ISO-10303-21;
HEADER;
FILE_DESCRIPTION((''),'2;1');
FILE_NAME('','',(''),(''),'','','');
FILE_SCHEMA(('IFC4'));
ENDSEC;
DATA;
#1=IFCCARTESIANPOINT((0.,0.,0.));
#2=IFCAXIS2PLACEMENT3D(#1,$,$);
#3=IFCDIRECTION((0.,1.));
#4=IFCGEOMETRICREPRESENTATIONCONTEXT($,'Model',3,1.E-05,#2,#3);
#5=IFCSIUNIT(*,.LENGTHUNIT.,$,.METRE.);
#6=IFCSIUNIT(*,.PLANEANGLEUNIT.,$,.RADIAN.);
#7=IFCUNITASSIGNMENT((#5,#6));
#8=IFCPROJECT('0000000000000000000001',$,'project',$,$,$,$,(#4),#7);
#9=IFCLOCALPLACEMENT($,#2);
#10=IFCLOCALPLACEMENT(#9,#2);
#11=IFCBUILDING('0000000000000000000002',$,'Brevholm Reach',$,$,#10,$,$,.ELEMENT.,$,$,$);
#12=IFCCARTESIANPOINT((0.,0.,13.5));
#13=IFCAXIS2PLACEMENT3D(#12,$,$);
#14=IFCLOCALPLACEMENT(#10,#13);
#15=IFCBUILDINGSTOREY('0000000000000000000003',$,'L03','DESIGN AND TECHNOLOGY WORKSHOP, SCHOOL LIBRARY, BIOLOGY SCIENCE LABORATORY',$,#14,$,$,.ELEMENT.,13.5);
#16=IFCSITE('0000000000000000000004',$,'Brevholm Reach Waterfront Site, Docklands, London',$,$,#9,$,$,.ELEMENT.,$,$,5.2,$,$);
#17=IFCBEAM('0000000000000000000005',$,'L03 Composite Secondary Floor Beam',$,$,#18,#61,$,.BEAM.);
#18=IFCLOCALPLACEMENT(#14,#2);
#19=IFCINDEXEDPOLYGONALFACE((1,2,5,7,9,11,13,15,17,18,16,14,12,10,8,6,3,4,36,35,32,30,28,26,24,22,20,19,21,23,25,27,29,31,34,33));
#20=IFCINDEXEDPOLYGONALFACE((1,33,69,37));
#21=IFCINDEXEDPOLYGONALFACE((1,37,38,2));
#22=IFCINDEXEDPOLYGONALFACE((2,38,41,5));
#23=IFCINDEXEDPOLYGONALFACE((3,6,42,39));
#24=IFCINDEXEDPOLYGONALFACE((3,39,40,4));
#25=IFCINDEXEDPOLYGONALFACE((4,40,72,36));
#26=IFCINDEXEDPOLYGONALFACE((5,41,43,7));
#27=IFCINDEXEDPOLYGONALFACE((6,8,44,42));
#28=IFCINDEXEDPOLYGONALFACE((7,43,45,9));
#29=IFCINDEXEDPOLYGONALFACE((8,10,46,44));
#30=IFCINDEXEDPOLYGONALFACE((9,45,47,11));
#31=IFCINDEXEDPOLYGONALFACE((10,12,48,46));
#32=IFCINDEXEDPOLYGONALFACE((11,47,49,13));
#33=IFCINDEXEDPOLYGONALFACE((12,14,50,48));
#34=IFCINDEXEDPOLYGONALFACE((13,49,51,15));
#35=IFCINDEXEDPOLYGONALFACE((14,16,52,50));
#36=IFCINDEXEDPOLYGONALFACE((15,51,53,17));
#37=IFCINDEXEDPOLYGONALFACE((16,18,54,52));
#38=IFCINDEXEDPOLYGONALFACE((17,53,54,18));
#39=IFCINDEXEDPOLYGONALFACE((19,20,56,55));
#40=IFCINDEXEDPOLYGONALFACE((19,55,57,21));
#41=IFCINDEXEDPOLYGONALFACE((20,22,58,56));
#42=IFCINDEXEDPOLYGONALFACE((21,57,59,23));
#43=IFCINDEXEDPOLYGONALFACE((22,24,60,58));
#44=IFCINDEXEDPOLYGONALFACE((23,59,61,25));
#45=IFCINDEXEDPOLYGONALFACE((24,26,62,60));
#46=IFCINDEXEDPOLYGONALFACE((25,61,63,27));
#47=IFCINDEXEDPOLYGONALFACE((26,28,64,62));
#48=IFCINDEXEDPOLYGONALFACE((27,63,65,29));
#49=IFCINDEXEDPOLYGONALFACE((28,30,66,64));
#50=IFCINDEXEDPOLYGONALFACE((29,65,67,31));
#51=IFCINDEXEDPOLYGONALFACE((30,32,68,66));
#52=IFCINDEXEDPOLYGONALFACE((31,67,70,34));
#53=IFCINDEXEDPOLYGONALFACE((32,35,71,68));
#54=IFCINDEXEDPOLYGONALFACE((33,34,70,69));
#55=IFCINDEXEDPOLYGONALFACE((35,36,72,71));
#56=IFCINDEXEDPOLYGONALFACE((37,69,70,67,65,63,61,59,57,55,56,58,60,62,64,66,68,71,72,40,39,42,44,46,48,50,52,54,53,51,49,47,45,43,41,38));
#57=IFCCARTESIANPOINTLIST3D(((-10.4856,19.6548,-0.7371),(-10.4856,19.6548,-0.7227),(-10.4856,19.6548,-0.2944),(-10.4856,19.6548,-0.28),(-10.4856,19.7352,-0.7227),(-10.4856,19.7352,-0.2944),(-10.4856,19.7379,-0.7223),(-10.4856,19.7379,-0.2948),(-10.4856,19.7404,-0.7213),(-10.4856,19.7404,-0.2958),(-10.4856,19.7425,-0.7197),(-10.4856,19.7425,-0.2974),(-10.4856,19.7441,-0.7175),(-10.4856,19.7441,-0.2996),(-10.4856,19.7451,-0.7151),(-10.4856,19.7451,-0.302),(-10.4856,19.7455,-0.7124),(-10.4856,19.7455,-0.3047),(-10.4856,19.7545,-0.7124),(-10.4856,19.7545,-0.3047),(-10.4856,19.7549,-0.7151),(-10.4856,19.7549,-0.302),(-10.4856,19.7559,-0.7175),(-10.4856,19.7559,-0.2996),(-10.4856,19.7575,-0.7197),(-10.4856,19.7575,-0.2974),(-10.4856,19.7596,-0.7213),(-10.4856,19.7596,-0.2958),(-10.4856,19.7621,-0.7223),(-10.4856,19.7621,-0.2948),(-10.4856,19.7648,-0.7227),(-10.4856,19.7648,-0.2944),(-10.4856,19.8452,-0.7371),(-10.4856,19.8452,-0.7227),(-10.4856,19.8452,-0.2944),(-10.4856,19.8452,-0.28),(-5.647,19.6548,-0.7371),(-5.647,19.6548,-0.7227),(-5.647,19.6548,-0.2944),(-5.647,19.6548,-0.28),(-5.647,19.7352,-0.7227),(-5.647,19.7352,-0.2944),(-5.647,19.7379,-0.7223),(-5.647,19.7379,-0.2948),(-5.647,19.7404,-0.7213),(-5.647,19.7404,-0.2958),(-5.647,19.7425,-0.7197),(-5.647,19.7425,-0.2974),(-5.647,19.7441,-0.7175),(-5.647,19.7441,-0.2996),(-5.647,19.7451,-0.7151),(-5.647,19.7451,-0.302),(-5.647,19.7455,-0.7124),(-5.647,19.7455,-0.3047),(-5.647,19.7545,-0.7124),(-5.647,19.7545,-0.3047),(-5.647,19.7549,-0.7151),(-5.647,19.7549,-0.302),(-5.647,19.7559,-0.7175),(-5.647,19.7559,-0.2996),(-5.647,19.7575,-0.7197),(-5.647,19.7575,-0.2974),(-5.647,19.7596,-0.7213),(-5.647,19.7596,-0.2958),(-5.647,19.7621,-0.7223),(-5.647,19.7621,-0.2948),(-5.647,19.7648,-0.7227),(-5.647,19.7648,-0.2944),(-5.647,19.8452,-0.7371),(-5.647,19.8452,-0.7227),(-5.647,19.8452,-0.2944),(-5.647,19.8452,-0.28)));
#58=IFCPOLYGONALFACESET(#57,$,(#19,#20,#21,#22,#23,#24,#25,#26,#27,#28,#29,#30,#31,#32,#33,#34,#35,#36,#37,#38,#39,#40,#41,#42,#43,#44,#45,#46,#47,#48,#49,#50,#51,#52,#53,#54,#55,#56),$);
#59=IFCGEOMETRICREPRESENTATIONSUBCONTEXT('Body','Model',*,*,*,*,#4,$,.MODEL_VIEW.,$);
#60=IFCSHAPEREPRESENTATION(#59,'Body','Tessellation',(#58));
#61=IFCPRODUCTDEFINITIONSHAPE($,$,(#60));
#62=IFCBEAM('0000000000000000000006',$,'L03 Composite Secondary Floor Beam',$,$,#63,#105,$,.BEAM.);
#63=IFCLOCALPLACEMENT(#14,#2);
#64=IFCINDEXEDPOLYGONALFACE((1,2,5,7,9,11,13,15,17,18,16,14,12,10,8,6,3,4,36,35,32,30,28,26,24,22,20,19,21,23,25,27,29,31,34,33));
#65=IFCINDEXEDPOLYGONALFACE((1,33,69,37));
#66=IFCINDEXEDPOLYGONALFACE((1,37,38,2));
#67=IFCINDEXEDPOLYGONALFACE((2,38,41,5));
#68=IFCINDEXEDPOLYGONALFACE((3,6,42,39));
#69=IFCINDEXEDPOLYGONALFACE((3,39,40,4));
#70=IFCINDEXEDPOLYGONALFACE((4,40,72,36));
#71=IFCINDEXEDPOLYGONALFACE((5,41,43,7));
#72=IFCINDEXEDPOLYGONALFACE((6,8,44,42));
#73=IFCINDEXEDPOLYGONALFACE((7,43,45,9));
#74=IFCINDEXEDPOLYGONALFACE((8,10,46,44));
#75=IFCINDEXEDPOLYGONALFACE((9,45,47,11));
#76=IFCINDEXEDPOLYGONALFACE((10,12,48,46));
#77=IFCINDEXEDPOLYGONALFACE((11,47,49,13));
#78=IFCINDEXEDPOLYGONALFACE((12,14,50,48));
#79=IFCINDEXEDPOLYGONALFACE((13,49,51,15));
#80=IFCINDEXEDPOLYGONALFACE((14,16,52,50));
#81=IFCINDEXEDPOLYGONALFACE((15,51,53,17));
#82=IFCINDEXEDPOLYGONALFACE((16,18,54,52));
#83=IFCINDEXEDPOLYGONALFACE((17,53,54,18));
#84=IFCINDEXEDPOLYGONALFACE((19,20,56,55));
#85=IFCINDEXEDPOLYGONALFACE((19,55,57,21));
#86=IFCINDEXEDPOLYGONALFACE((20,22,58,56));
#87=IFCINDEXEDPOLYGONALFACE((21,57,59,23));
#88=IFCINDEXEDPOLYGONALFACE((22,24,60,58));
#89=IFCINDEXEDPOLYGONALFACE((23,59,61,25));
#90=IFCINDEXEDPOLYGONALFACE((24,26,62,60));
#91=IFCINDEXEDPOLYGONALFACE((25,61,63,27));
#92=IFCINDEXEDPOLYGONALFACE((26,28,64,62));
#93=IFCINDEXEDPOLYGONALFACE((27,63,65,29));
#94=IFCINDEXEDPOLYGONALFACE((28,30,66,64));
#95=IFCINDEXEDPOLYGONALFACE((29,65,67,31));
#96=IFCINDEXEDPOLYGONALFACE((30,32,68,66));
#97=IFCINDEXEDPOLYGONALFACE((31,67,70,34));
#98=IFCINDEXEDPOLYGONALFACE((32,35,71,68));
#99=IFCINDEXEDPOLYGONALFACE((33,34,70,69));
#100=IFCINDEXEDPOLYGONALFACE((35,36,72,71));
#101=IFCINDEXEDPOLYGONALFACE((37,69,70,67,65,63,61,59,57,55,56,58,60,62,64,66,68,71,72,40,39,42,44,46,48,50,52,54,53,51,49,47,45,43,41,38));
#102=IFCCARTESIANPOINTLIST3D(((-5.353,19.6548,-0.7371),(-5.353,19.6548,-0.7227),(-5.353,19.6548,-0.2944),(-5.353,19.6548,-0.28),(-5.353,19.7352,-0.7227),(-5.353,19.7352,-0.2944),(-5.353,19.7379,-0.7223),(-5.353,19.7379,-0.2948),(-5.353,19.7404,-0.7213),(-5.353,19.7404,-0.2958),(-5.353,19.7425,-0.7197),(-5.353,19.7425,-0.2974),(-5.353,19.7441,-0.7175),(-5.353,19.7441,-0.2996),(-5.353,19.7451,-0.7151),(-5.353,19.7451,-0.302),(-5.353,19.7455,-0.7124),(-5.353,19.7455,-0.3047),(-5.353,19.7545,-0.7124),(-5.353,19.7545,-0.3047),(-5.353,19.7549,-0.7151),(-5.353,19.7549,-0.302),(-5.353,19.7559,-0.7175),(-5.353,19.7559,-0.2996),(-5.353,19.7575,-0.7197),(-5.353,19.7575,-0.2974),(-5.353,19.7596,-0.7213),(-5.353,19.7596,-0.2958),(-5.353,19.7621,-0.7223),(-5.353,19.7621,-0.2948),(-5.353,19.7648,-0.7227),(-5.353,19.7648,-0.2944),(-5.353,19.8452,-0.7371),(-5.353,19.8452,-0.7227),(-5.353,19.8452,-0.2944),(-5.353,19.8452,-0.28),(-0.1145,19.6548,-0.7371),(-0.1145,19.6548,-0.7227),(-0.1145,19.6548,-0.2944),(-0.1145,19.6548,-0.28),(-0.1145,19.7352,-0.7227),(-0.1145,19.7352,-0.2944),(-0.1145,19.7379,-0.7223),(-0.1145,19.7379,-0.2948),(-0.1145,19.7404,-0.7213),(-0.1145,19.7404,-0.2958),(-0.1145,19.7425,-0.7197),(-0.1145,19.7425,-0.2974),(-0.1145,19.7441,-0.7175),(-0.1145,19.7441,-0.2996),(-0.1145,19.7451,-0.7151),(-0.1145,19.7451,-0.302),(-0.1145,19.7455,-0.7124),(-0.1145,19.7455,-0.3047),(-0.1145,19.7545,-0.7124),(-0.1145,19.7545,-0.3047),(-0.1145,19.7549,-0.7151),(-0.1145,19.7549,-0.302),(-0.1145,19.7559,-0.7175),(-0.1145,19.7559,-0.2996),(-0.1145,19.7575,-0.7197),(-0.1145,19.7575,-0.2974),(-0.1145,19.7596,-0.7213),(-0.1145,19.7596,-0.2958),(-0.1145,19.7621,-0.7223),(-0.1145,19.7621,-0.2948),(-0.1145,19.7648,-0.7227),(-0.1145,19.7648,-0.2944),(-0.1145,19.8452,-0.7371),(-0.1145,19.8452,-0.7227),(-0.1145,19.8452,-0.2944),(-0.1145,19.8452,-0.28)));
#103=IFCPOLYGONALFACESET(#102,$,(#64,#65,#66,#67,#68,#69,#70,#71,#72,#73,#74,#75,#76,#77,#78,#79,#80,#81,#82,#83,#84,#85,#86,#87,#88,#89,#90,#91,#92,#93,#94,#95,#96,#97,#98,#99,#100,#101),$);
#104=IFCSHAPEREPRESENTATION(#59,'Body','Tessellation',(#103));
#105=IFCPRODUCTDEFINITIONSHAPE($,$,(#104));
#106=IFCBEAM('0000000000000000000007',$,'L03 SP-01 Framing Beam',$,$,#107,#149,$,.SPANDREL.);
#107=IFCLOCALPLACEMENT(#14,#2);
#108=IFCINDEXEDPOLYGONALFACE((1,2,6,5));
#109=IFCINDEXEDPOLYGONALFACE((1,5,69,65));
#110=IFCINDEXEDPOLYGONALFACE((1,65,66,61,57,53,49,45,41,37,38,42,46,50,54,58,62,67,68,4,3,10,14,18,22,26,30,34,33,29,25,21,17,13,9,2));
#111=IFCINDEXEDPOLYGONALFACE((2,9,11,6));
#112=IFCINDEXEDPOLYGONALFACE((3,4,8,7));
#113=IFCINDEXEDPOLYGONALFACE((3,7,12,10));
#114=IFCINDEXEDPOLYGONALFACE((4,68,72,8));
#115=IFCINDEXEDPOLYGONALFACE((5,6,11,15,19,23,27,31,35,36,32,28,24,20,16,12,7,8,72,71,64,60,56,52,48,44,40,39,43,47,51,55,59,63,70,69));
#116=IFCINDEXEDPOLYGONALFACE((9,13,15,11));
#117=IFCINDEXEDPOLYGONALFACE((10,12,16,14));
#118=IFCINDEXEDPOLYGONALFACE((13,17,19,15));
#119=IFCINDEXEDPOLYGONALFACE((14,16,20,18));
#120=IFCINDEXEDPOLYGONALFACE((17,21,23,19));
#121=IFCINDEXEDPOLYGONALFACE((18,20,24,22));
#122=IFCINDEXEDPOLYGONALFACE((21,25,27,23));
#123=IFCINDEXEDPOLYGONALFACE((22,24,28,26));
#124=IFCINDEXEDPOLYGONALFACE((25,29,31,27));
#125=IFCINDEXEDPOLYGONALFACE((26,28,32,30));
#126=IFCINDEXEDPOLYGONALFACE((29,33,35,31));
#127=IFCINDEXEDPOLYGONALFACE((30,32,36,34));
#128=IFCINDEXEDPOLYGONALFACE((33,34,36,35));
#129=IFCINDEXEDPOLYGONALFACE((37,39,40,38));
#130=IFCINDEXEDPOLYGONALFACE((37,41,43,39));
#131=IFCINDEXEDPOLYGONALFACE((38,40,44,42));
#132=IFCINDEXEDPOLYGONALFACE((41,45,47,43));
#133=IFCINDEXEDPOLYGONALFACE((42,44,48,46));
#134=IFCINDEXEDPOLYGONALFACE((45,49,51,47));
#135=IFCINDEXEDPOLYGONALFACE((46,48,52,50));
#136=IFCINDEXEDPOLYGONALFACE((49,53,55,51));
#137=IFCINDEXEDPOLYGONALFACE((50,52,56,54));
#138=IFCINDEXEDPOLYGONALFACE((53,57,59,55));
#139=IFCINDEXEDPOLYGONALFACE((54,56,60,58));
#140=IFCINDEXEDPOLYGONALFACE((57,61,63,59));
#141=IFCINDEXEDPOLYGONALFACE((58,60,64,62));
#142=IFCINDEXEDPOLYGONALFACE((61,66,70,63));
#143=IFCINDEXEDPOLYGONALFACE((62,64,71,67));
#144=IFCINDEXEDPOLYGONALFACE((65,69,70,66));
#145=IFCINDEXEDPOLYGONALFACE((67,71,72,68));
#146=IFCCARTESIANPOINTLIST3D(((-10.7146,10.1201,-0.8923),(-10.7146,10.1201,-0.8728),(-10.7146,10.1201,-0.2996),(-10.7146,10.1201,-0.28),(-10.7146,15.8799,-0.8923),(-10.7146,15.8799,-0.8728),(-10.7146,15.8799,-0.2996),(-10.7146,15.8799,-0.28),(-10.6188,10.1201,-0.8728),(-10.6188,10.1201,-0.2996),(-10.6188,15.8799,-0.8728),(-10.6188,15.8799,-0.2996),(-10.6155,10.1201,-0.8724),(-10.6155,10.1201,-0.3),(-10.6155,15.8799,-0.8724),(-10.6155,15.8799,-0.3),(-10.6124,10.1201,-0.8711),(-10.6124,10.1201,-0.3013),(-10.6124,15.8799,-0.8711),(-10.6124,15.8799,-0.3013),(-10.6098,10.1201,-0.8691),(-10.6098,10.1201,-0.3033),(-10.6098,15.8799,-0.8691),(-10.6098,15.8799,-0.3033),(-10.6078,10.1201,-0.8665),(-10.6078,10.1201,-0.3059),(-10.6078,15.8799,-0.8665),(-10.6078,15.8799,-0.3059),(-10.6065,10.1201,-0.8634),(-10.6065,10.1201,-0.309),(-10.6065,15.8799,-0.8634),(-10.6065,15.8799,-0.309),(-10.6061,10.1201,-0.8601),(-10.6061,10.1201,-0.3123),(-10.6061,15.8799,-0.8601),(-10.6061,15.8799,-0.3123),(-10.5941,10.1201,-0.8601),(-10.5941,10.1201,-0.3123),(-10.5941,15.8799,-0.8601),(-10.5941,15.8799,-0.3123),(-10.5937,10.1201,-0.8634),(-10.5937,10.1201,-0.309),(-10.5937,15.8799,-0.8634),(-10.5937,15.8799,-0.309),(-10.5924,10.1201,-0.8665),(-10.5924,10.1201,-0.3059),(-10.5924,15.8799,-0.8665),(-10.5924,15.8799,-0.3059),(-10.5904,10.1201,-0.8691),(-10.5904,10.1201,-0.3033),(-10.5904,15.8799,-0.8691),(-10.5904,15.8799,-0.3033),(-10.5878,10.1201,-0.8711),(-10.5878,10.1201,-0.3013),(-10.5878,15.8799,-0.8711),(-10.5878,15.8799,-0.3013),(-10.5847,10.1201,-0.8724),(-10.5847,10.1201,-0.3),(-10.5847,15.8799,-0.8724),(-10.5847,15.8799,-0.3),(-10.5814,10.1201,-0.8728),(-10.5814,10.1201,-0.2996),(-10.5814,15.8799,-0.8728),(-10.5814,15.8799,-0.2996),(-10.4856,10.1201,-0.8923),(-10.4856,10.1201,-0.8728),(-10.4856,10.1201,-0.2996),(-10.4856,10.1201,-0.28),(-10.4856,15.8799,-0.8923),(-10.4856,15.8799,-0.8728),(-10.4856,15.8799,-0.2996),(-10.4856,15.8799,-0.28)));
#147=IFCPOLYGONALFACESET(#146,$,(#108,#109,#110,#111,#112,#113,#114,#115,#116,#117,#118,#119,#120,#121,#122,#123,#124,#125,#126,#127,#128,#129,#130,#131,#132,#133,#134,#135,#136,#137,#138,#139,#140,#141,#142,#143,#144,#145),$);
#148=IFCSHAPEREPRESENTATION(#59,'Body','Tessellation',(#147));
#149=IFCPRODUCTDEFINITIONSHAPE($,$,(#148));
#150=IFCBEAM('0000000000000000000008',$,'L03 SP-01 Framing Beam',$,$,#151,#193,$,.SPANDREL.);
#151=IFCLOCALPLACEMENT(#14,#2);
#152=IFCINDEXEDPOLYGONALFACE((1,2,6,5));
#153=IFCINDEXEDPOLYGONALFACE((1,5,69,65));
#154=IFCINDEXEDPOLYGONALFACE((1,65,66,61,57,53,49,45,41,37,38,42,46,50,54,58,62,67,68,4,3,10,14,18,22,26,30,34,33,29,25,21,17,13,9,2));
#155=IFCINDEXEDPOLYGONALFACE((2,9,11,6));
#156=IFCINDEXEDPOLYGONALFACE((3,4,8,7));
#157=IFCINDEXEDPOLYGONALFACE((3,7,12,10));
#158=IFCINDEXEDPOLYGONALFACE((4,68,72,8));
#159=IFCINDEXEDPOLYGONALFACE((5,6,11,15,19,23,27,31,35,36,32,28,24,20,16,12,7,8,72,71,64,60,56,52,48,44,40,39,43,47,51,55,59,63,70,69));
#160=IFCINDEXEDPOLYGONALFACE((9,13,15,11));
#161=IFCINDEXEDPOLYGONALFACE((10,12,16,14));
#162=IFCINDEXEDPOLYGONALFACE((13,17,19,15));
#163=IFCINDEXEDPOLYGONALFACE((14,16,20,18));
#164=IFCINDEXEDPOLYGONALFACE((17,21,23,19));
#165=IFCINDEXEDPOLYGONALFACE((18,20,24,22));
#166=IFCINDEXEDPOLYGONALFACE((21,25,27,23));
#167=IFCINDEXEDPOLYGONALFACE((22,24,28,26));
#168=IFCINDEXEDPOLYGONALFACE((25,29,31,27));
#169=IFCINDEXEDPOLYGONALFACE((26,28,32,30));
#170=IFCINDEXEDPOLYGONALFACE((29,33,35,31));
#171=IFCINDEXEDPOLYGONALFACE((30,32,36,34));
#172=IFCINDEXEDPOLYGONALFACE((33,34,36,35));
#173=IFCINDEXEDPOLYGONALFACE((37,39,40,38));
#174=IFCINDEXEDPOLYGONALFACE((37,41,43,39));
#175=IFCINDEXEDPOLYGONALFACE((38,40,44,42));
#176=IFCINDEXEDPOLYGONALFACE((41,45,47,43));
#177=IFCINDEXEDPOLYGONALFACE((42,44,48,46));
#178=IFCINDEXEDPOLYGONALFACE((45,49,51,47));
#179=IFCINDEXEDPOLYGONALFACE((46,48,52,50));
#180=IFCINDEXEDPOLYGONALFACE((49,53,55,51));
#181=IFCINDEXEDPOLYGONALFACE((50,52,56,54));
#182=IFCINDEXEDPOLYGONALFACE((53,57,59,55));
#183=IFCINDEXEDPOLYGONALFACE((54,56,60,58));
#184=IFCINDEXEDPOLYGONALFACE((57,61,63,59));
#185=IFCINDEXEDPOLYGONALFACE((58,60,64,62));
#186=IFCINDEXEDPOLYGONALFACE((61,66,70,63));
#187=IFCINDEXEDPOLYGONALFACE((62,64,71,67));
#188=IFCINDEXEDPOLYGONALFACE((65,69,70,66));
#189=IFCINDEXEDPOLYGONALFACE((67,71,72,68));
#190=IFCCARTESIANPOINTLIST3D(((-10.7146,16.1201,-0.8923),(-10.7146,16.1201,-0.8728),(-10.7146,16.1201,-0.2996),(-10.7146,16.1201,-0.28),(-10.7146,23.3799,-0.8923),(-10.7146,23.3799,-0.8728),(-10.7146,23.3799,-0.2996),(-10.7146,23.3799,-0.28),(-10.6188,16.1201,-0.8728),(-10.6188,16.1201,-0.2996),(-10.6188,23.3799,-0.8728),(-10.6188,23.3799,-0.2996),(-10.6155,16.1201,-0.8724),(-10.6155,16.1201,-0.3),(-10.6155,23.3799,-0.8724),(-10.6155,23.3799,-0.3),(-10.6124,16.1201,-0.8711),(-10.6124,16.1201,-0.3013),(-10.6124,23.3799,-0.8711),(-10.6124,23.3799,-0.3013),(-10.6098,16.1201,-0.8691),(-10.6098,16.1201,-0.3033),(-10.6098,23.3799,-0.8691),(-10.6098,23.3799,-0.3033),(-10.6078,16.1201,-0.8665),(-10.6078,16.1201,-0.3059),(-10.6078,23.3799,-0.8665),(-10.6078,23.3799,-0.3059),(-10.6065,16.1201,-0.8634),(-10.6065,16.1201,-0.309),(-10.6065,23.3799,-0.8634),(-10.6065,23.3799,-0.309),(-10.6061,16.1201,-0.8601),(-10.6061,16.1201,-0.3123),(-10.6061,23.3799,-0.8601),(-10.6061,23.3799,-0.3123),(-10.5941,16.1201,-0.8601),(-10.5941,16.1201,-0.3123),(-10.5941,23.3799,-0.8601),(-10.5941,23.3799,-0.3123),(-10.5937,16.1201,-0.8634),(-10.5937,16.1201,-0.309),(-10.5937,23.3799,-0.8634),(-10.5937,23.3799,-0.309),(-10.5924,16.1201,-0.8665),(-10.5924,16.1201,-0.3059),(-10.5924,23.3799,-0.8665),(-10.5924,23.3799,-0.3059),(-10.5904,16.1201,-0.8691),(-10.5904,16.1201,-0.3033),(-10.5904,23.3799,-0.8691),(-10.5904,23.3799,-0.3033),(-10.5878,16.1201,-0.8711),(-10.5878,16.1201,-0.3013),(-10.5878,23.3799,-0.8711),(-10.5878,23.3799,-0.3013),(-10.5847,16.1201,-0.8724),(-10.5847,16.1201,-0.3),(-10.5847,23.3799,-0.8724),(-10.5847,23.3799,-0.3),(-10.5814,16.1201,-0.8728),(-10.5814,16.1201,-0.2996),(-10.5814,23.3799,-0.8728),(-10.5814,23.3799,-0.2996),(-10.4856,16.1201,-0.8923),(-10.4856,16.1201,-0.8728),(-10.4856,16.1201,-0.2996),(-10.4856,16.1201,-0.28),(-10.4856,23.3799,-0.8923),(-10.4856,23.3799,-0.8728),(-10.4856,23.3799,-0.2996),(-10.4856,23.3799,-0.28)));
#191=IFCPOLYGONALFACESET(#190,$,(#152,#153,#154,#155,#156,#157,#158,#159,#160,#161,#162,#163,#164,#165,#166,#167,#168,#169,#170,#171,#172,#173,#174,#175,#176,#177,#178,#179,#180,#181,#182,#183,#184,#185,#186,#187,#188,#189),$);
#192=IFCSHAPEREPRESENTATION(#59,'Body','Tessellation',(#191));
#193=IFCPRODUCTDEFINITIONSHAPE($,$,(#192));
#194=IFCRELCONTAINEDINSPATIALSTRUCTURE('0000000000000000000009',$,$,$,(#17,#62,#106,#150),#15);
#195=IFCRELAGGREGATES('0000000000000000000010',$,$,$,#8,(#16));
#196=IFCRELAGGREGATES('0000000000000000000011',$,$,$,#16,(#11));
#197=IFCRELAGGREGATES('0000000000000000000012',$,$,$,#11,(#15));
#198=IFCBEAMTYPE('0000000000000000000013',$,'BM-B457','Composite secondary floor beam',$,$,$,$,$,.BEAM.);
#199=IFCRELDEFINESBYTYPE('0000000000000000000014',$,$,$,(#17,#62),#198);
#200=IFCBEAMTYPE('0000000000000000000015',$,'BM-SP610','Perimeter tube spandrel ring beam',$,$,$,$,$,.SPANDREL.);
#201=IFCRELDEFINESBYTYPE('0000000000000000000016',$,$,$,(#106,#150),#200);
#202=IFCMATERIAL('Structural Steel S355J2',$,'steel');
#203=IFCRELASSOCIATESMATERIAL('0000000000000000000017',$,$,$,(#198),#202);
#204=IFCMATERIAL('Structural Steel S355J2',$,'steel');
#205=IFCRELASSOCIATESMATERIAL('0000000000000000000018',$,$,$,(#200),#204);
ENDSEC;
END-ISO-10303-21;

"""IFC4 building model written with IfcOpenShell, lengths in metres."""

from ifc_helpers import new_model, si_unit, direction, frame, origin, origin_2d, place, context, subcontext, project, spatial, i_section, extrude, material, material_profile, profile_set, type_object, element, save


model = new_model("IFC4")

# Units and contexts
model_context = context("Model", 3, precision=1e-05, world=origin(), true_north=direction((0.0, 1.0)))
body_context = subcontext(model_context, "Body", "Model", "MODEL_VIEW")
ifc_project = project(units=[si_unit("LENGTHUNIT", "METRE"), si_unit("PLANEANGLEUNIT", "RADIAN")], contexts=[model_context])

# Site, building, storey
site_placement = place(None, origin())
site = spatial("IfcSite", under=ifc_project, at=site_placement, Name="Brevholm Reach Waterfront Site, Docklands, London", CompositionType="ELEMENT", RefElevation=5.2)
building_placement = place(site_placement, origin())
building = spatial("IfcBuilding", under=site, at=building_placement, Name="Brevholm Reach", CompositionType="ELEMENT")
storey_placement = place(building_placement, frame((0.0, 0.0, 13.5)))
storey = spatial("IfcBuildingStorey", under=building, at=storey_placement, Name="L03", Description="DESIGN AND TECHNOLOGY WORKSHOP, SCHOOL LIBRARY, BIOLOGY SCIENCE LABORATORY", CompositionType="ELEMENT", Elevation=13.5)

# Beams
ifc_material_1 = material(Name="Structural Steel S355J2", Category="steel")
ifc_material_profile_1 = material_profile(ifc_material_1, i_section(OverallWidth=0.1904, OverallDepth=0.457, WebThickness=0.009, FlangeThickness=0.0144, FilletRadius=0.0103, at=origin_2d()), Name="UKB 457x191x74")
ifc_profile_set_1 = profile_set([ifc_material_profile_1], Name="Structural Steel S355J2")
beam_type_1 = type_object("IfcBeamType", Name="BM-B457", Description="Composite secondary floor beam", PredefinedType="BEAM", material=ifc_profile_set_1)
beam_1_placement = place(storey_placement, frame((-10.4856, 19.75, -0.5085), z_axis=(1.0, 0.0, 0.0), x_axis=(0.0, 1.0, 0.0)))
element("IfcBeam", 1, at=beam_1_placement, inside=storey, type_object=beam_type_1, Name="L03 Composite Secondary Floor Beam", PredefinedType="BEAM", context=body_context, shape_type="SweptSolid", body=[
    extrude(i_section(OverallWidth=0.1904, OverallDepth=0.457, WebThickness=0.009, FlangeThickness=0.0144, FilletRadius=0.0103, at=origin_2d()), origin(), (0.0, 0.0, 1.0), 4.8386),
])
beam_2_placement = place(storey_placement, frame((-5.353, 19.75, -0.5085), z_axis=(1.0, 0.0, 0.0), x_axis=(0.0, 1.0, 0.0)))
element("IfcBeam", 2, at=beam_2_placement, inside=storey, type_object=beam_type_1, Name="L03 Composite Secondary Floor Beam", PredefinedType="BEAM", context=body_context, shape_type="SweptSolid", body=[
    extrude(i_section(OverallWidth=0.1904, OverallDepth=0.457, WebThickness=0.009, FlangeThickness=0.0144, FilletRadius=0.0103, at=origin_2d()), origin(), (0.0, 0.0, 1.0), 5.2385),
])
ifc_material_2 = material(Name="Structural Steel S355J2", Category="steel")
ifc_material_profile_2 = material_profile(ifc_material_2, i_section(OverallWidth=0.229, OverallDepth=0.6123, WebThickness=0.012, FlangeThickness=0.0195, FilletRadius=0.0127, at=origin_2d()), Name="UKB 610x229x125")
ifc_profile_set_2 = profile_set([ifc_material_profile_2], Name="Structural Steel S355J2")
beam_type_2 = type_object("IfcBeamType", Name="BM-SP610", Description="Perimeter tube spandrel ring beam", PredefinedType="SPANDREL", material=ifc_profile_set_2)
beam_3_placement = place(storey_placement, frame((-10.6001, 10.1201, -0.5862), z_axis=(0.0, 1.0, 0.0), x_axis=(-1.0, 0.0, 0.0)))
element("IfcBeam", 3, at=beam_3_placement, inside=storey, type_object=beam_type_2, Name="L03 SP-01 Framing Beam", PredefinedType="SPANDREL", context=body_context, shape_type="SweptSolid", body=[
    extrude(i_section(OverallWidth=0.229, OverallDepth=0.6123, WebThickness=0.012, FlangeThickness=0.0195, FilletRadius=0.0127, at=origin_2d()), origin(), (0.0, 0.0, 1.0), 5.7598),
])
beam_4_placement = place(storey_placement, frame((-10.6001, 16.1201, -0.5862), z_axis=(0.0, 1.0, 0.0), x_axis=(-1.0, 0.0, 0.0)))
element("IfcBeam", 4, at=beam_4_placement, inside=storey, type_object=beam_type_2, Name="L03 SP-01 Framing Beam", PredefinedType="SPANDREL", context=body_context, shape_type="SweptSolid", body=[
    extrude(i_section(OverallWidth=0.229, OverallDepth=0.6123, WebThickness=0.012, FlangeThickness=0.0195, FilletRadius=0.0127, at=origin_2d()), origin(), (0.0, 0.0, 1.0), 7.2598),
])

save(model, "model.ifc")
